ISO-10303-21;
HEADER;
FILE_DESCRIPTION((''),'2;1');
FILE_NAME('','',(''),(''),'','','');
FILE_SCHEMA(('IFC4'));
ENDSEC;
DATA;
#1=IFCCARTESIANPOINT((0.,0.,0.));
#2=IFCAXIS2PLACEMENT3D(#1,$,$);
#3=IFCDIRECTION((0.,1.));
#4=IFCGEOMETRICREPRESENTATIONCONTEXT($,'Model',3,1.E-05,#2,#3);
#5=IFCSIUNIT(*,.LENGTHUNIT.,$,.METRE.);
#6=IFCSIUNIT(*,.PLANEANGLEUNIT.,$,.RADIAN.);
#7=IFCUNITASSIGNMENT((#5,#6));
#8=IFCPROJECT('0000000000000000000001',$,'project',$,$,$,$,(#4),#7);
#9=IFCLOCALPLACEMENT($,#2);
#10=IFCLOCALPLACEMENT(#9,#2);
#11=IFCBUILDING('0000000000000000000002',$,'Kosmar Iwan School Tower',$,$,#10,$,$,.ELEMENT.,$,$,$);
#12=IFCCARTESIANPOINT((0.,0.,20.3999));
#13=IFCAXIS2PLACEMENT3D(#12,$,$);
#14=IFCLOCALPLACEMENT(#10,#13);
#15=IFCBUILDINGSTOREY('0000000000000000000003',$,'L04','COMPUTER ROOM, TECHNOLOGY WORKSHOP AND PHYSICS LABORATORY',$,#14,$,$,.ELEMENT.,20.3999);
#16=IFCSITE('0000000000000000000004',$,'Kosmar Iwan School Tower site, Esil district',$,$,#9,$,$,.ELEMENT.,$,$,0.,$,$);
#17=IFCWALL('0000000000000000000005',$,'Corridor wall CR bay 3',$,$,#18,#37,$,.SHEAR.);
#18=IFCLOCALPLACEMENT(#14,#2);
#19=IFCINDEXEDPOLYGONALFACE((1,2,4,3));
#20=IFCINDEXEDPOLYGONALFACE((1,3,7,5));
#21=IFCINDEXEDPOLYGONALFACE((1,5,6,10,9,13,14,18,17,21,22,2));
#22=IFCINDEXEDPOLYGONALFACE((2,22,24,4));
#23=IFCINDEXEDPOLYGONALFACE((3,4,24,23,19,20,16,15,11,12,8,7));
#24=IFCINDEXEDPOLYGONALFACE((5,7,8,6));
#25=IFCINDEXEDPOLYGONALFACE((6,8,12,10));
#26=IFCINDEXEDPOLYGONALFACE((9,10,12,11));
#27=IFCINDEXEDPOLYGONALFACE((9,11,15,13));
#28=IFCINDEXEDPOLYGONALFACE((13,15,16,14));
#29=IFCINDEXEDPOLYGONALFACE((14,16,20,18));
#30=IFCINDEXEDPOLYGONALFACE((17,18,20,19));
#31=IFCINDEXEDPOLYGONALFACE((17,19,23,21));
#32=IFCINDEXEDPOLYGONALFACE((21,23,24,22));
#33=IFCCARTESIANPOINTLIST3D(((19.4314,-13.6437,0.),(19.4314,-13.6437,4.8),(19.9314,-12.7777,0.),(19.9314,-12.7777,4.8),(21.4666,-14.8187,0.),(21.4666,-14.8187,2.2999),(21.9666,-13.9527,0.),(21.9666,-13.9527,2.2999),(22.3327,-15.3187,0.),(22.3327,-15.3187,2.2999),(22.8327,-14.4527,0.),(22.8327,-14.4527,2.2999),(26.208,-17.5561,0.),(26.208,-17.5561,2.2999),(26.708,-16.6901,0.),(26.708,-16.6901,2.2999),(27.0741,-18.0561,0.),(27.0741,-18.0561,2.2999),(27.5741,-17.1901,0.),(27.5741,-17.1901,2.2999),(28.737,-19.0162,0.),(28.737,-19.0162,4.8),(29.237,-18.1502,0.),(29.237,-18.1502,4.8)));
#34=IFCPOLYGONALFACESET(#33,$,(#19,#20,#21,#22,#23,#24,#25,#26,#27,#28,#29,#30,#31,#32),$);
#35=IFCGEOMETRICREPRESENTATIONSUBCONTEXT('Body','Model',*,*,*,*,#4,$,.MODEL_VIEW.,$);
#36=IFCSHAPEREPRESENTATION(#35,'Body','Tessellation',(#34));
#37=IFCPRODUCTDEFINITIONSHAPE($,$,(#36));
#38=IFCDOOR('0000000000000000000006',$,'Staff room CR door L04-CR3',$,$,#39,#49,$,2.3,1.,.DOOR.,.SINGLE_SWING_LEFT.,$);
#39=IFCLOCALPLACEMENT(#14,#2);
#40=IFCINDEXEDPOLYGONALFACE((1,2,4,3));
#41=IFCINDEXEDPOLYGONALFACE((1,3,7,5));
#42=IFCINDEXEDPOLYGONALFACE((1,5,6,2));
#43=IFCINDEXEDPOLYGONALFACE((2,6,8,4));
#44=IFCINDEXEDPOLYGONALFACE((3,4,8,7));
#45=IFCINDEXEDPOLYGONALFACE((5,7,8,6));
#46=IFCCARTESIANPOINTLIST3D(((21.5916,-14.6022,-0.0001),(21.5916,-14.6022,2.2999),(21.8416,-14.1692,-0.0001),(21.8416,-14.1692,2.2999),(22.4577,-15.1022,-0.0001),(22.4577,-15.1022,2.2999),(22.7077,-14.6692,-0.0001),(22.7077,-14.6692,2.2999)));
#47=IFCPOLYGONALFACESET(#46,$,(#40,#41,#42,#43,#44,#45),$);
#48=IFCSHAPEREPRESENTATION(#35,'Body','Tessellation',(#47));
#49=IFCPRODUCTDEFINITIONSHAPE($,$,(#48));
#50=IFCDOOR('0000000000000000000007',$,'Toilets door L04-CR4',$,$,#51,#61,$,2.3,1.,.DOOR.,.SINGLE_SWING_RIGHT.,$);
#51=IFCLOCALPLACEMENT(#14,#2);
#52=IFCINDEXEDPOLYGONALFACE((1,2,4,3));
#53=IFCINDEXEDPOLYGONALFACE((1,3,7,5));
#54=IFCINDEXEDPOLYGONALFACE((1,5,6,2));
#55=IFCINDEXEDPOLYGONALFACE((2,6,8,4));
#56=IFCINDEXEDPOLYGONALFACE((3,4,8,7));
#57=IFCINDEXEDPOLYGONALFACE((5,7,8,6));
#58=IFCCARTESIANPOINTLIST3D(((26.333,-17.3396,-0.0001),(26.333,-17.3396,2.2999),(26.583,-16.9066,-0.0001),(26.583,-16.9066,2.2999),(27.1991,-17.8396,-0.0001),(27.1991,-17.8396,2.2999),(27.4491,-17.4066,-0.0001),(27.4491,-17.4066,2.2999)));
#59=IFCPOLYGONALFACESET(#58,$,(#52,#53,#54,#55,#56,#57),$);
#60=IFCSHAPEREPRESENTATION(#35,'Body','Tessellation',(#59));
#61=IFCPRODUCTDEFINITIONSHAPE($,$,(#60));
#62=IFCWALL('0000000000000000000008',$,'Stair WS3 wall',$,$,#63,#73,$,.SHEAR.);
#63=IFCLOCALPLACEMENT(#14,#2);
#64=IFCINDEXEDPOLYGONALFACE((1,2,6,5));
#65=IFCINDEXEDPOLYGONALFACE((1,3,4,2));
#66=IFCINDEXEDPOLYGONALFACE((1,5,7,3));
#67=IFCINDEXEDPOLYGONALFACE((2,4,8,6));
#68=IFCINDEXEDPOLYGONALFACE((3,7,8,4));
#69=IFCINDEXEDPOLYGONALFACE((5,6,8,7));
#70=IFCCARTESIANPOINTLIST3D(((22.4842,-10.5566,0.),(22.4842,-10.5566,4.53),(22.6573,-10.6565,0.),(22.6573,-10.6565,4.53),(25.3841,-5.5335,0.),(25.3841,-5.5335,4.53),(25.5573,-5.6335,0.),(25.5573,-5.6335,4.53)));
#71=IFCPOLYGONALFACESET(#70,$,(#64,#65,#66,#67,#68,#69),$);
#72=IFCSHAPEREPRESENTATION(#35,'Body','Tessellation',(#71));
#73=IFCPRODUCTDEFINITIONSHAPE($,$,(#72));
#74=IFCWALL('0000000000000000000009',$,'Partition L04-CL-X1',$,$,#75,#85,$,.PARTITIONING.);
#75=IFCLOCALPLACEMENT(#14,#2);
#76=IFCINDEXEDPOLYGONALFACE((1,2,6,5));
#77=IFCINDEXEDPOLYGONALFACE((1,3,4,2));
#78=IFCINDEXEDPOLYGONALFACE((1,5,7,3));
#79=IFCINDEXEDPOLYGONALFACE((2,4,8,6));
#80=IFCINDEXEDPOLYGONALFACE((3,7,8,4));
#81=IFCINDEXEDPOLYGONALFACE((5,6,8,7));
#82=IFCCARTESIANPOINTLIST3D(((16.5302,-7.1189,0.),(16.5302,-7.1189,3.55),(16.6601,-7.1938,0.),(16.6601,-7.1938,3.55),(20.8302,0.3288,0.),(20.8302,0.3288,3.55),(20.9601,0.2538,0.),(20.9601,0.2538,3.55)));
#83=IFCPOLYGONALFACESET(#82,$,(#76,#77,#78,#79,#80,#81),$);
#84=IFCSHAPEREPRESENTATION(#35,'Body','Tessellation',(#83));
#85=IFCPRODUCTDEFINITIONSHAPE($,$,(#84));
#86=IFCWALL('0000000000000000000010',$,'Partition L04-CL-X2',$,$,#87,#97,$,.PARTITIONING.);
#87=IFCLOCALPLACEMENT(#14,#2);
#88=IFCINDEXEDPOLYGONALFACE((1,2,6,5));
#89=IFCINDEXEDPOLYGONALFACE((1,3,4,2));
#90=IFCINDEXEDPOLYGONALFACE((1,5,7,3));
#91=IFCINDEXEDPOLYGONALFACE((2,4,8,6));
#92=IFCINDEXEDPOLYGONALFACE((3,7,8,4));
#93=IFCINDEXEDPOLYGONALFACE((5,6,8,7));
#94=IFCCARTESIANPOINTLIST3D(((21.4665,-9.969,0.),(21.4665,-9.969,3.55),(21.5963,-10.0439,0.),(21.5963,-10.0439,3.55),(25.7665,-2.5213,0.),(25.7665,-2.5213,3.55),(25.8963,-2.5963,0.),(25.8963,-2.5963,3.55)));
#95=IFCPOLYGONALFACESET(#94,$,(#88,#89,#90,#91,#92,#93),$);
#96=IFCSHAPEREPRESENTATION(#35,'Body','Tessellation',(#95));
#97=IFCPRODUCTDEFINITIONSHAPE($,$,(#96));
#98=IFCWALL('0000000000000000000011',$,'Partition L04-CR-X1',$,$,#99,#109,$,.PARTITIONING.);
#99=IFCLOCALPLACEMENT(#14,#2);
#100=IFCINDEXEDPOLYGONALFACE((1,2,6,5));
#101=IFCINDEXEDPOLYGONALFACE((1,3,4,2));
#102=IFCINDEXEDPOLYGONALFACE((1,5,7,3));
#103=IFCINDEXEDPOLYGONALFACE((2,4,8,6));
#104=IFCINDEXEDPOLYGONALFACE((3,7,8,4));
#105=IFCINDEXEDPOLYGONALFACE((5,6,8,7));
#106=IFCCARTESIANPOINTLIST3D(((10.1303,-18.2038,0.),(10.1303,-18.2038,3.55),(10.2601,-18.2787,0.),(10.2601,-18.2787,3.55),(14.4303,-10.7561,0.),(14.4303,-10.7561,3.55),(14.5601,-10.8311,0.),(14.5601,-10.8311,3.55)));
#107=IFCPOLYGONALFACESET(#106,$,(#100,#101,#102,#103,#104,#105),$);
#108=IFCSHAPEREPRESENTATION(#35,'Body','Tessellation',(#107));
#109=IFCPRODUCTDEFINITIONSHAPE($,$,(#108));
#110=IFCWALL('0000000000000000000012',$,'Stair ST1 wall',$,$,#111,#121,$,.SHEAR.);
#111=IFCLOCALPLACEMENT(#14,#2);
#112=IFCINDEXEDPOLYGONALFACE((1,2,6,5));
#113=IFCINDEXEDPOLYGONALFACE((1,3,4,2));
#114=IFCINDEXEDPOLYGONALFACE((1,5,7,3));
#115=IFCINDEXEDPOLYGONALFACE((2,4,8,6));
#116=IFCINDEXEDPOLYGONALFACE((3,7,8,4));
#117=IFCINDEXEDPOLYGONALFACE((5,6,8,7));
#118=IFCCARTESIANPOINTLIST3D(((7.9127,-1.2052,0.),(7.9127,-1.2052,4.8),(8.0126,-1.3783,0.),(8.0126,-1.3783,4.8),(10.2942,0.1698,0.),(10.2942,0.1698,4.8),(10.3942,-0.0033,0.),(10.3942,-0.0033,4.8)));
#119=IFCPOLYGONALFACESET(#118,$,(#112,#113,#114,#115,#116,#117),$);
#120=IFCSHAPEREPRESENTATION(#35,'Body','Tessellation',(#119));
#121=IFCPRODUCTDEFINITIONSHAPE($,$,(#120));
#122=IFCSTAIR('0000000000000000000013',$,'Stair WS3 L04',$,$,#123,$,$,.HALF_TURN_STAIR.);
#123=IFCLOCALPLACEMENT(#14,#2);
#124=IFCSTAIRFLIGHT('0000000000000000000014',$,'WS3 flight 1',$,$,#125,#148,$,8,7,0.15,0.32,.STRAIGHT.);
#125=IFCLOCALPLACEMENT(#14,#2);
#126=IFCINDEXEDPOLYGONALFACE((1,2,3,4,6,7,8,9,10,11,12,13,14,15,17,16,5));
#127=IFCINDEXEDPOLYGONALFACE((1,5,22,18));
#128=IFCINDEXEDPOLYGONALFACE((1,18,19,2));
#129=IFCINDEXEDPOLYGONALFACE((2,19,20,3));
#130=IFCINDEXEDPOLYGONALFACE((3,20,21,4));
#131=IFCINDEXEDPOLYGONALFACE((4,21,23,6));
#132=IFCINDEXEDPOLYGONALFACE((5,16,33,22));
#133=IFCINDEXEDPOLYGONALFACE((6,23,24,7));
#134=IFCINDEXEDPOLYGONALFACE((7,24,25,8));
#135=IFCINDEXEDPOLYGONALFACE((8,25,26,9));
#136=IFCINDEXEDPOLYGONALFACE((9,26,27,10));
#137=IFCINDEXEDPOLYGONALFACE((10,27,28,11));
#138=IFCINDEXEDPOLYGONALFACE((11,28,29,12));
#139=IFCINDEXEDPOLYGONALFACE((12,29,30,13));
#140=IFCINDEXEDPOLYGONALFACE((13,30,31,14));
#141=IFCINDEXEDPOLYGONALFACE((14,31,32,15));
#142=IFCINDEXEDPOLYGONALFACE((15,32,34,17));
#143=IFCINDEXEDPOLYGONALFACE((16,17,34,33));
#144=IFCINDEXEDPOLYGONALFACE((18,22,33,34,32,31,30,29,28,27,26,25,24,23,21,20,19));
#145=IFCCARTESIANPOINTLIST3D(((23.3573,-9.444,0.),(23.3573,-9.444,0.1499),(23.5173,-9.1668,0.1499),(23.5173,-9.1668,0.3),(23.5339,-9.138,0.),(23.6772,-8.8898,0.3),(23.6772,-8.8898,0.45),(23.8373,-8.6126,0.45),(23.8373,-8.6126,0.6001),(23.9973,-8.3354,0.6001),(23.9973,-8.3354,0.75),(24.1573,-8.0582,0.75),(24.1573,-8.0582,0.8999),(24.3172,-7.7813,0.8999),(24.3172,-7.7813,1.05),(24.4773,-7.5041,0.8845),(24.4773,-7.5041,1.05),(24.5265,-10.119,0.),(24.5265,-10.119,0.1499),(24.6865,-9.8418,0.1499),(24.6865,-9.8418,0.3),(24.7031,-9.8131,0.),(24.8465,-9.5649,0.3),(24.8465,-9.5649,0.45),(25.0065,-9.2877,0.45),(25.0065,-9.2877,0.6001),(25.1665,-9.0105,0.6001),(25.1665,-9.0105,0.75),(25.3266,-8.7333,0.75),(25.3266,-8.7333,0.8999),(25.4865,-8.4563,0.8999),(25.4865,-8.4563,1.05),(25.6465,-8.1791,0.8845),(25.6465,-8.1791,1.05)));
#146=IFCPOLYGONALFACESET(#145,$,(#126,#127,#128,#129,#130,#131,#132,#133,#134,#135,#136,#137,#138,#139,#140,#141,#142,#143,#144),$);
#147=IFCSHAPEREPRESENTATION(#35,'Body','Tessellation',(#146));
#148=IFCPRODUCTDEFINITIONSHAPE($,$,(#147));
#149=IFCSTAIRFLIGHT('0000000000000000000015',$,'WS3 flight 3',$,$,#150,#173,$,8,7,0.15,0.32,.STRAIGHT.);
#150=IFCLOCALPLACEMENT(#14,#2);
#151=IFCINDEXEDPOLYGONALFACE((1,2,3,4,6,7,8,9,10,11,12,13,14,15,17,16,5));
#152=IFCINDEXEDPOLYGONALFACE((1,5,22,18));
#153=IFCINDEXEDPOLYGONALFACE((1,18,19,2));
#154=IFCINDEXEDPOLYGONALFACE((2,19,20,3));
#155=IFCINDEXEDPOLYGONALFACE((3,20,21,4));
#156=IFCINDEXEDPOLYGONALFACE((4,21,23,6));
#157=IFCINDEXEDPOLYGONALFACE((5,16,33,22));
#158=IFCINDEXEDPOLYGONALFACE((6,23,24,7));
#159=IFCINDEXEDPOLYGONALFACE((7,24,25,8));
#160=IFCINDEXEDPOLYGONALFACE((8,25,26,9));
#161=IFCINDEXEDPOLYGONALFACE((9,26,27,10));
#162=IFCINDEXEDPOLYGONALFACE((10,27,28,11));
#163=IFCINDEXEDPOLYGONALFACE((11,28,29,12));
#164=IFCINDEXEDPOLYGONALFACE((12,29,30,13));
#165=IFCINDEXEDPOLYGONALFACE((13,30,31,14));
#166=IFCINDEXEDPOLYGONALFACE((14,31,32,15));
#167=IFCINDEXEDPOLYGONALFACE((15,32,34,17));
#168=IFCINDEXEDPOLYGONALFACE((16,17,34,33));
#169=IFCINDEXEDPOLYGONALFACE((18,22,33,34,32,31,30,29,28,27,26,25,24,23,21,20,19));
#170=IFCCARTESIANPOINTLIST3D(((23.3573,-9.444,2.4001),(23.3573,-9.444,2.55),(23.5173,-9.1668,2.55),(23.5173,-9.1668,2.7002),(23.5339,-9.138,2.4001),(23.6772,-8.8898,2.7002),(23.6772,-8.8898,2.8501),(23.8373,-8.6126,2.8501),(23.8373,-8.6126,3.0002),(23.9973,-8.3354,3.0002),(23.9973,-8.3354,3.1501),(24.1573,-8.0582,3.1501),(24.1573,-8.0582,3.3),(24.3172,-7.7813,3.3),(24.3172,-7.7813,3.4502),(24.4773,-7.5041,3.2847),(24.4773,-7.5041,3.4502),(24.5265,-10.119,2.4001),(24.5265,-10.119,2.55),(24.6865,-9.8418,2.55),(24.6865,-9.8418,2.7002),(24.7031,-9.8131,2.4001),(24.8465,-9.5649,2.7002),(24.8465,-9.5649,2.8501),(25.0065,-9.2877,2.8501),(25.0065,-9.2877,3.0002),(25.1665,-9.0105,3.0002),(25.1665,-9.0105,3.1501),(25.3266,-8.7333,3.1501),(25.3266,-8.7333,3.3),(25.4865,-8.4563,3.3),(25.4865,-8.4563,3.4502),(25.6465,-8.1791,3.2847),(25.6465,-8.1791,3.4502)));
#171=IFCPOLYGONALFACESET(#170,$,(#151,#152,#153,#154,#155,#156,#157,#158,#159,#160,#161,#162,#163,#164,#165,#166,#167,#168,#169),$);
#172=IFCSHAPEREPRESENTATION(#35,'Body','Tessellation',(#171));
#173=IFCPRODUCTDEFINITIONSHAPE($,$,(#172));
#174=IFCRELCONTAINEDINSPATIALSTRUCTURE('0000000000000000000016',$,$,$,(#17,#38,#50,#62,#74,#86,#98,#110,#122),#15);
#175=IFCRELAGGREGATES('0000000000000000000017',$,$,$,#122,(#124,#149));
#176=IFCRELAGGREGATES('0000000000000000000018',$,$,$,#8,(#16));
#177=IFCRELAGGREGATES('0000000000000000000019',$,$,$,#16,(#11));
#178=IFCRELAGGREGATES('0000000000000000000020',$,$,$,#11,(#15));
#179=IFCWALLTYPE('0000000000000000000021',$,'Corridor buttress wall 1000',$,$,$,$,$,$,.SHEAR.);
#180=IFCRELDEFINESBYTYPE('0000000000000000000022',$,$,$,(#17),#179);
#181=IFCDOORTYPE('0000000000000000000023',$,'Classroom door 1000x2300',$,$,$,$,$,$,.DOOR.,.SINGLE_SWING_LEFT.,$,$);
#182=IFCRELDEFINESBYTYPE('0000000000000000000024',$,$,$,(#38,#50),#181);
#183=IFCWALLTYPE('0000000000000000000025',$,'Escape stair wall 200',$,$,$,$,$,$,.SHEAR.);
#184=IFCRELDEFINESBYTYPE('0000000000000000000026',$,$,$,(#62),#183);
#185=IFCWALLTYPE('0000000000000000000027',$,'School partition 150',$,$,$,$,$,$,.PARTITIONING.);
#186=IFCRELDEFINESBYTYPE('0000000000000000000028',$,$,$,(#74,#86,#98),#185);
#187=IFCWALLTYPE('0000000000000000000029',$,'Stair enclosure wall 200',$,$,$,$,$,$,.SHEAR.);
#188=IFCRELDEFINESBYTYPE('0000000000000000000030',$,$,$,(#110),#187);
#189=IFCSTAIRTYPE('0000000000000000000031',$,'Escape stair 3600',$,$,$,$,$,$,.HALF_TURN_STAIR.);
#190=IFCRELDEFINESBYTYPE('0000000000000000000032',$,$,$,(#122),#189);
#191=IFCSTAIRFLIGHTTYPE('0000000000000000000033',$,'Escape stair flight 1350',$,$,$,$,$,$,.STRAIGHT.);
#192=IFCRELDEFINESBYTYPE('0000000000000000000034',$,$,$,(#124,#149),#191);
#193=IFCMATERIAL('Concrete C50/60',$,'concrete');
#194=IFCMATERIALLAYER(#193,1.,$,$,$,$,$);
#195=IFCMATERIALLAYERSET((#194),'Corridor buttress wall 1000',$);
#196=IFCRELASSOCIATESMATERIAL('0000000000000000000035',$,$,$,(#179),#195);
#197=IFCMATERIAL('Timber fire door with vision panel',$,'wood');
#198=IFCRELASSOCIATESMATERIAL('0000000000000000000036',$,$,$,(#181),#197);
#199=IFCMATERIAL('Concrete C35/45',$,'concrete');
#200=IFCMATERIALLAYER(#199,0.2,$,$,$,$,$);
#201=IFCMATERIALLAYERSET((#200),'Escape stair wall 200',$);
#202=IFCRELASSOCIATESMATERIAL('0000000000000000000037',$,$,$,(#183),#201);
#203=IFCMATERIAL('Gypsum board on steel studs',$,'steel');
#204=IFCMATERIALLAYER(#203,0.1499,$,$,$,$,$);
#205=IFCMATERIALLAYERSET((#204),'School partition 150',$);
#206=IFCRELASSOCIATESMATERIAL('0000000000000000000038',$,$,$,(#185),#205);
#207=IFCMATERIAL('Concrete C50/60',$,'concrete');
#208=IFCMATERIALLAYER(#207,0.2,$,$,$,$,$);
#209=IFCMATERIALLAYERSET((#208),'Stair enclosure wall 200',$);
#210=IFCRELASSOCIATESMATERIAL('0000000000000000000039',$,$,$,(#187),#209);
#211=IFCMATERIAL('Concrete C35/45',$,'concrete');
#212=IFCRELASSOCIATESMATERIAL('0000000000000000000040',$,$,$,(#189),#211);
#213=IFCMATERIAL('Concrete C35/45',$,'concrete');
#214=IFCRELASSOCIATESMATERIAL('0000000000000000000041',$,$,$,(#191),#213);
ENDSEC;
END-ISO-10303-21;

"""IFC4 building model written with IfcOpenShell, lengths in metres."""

from ifc_helpers import new_model, si_unit, direction, frame, frame_2d, origin, place, context, subcontext, project, spatial, polyline, rectangle, outline, extrude, material, layer, layer_set, type_object, element, fill, aggregate, save


model = new_model("IFC4")

# Units and contexts
model_context = context("Model", 3, precision=1e-05, world=origin(), true_north=direction((0.0, 1.0)))
body_context = subcontext(model_context, "Body", "Model", "MODEL_VIEW")
ifc_project = project(units=[si_unit("LENGTHUNIT", "METRE"), si_unit("PLANEANGLEUNIT", "RADIAN")], contexts=[model_context])

# Site, building, storey
site_placement = place(None, origin())
site = spatial("IfcSite", under=ifc_project, at=site_placement, Name="Kosmar Iwan School Tower site, Esil district", CompositionType="ELEMENT", RefElevation=0.0)
building_placement = place(site_placement, origin())
building = spatial("IfcBuilding", under=site, at=building_placement, Name="Kosmar Iwan School Tower", CompositionType="ELEMENT")
storey_placement = place(building_placement, frame((0.0, 0.0, 20.3999)))
storey = spatial("IfcBuildingStorey", under=building, at=storey_placement, Name="L04", Description="COMPUTER ROOM, TECHNOLOGY WORKSHOP AND PHYSICS LABORATORY", CompositionType="ELEMENT", Elevation=20.3999)

# Shared definitions
ifc_material_1 = material(Name="Concrete C50/60", Category="concrete")
ifc_layer_1 = layer(ifc_material_1, 1.0)
ifc_layer_set_1 = layer_set([ifc_layer_1], Name="Corridor buttress wall 1000")
wall_type_1 = type_object("IfcWallType", Name="Corridor buttress wall 1000", PredefinedType="SHEAR", material=ifc_layer_set_1)
ifc_material_2 = material(Name="Timber fire door with vision panel", Category="wood")
door_type = type_object("IfcDoorType", Name="Classroom door 1000x2300", OperationType="SINGLE_SWING_LEFT", PredefinedType="DOOR", material=ifc_material_2)

# Wall, openings, doors
wall_1_placement = place(storey_placement, frame((19.6814, -13.2107, 0.0), z_axis=(0.0, 0.0, 1.0), x_axis=(0.866028, -0.499995, 0.0)))
wall_1 = element("IfcWall", 1, at=wall_1_placement, inside=storey, type_object=wall_type_1, Name="Corridor wall CR bay 3", PredefinedType="SHEAR", context=body_context, shape_type="SweptSolid", body=[
    extrude(rectangle(XDim=10.7451, YDim=1.0, at=frame_2d((5.3726, 0.0))), origin(), (0.0, 0.0, 1.0), 4.8),
])
opening_1_placement = place(wall_1_placement, frame((2.3501, 0.0, 0.0)))
opening_1 = element("IfcOpeningElement", 2, at=opening_1_placement, cuts=wall_1, PredefinedType="OPENING", context=body_context, shape_type="SweptSolid", body=[
    extrude(rectangle(XDim=1.0, YDim=2.3, at=frame_2d((0.5, 1.1499))), frame((0.0, 0.512, 0.0), z_axis=(0.0, -1.0, 0.0), x_axis=(1.0, 0.0, 0.0)), (0.0, 0.0, 1.0), 1.0239),
])
opening_2_placement = place(wall_1_placement, frame((7.825, 0.0, 0.0)))
opening_2 = element("IfcOpeningElement", 3, at=opening_2_placement, cuts=wall_1, PredefinedType="OPENING", context=body_context, shape_type="SweptSolid", body=[
    extrude(rectangle(XDim=1.0, YDim=2.3, at=frame_2d((0.5, 1.1499))), frame((0.0, 0.512, 0.0), z_axis=(0.0, -1.0, 0.0), x_axis=(1.0, 0.0, 0.0)), (0.0, 0.0, 1.0), 1.0239),
])
door_1_placement = place(opening_1_placement, origin())
door_1 = element("IfcDoor", 4, at=door_1_placement, inside=storey, type_object=door_type, Name="Staff room CR door L04-CR3", OperationType="SINGLE_SWING_LEFT", OverallHeight=2.3, OverallWidth=1.0, PredefinedType="DOOR", context=body_context, shape_type="SweptSolid", body=[
    extrude(rectangle(XDim=1.0, YDim=2.3, at=frame_2d((0.5, 1.1499))), frame((0.0, 0.25, 0.0), z_axis=(0.0, -1.0, 0.0), x_axis=(1.0, 0.0, 0.0)), (0.0, 0.0, 1.0), 0.5),
])
fill(opening_1, door_1)
door_2_placement = place(opening_2_placement, origin())
door_2 = element("IfcDoor", 5, at=door_2_placement, inside=storey, type_object=door_type, Name="Toilets door L04-CR4", OperationType="SINGLE_SWING_RIGHT", OverallHeight=2.3, OverallWidth=1.0, PredefinedType="DOOR", context=body_context, shape_type="SweptSolid", body=[
    extrude(rectangle(XDim=1.0, YDim=2.3, at=frame_2d((0.5, 1.1499))), frame((0.0, 0.25, 0.0), z_axis=(0.0, -1.0, 0.0), x_axis=(1.0, 0.0, 0.0)), (0.0, 0.0, 1.0), 0.5),
])
fill(opening_2, door_2)

# Walls
ifc_material_3 = material(Name="Concrete C35/45", Category="concrete")
ifc_layer_2 = layer(ifc_material_3, 0.2)
ifc_layer_set_2 = layer_set([ifc_layer_2], Name="Escape stair wall 200")
wall_type_2 = type_object("IfcWallType", Name="Escape stair wall 200", PredefinedType="SHEAR", material=ifc_layer_set_2)
wall_2_placement = place(storey_placement, frame((22.5708, -10.6064, 0.0), z_axis=(0.0, 0.0, 1.0), x_axis=(0.499987, 0.866033, 0.0)))
element("IfcWall", 6, at=wall_2_placement, inside=storey, type_object=wall_type_2, Name="Stair WS3 wall", PredefinedType="SHEAR", context=body_context, shape_type="SweptSolid", body=[
    extrude(rectangle(XDim=5.8, YDim=0.2, at=frame_2d((2.8999, 0.0))), origin(), (0.0, 0.0, 1.0), 4.53),
])
ifc_material_4 = material(Name="Gypsum board on steel studs", Category="steel")
ifc_layer_3 = layer(ifc_material_4, 0.1499)
ifc_layer_set_3 = layer_set([ifc_layer_3], Name="School partition 150")
wall_type_3 = type_object("IfcWallType", Name="School partition 150", PredefinedType="PARTITIONING", material=ifc_layer_set_3)
for number, where, z_axis, x_axis, name in (
    (7, (16.5952, -7.1562, 0.0), (0.0, 0.0, 1.0), (0.500008, 0.866021, 0.0), "Partition L04-CL-X1"),
    (8, (21.5315, -10.0063, 0.0), (0.0, 0.0, 1.0), (0.500008, 0.866021, 0.0), "Partition L04-CL-X2"),
    (9, (14.4951, -10.7937, 0.0), (0.0, 0.0, 1.0), (-0.500008, -0.866021, 0.0), "Partition L04-CR-X1"),
):
    element("IfcWall", number, at=place(storey_placement, frame(where, z_axis=z_axis, x_axis=x_axis)), inside=storey, type_object=wall_type_3, Name=name, PredefinedType="PARTITIONING", context=body_context, shape_type="SweptSolid", body=[
        extrude(rectangle(XDim=8.5999, YDim=0.1499, at=frame_2d((4.2998, 0.0))), origin(), (0.0, 0.0, 1.0), 3.55),
    ])
ifc_material_5 = material(Name="Concrete C50/60", Category="concrete")
ifc_layer_4 = layer(ifc_material_5, 0.2)
ifc_layer_set_4 = layer_set([ifc_layer_4], Name="Stair enclosure wall 200")
wall_type_4 = type_object("IfcWallType", Name="Stair enclosure wall 200", PredefinedType="SHEAR", material=ifc_layer_set_4)
wall_3_placement = place(storey_placement, frame((7.9626, -1.2917, 0.0), z_axis=(0.0, 0.0, 1.0), x_axis=(0.866027, 0.499997, 0.0)))
element("IfcWall", 10, at=wall_3_placement, inside=storey, type_object=wall_type_4, Name="Stair ST1 wall", PredefinedType="SHEAR", context=body_context, shape_type="SweptSolid", body=[
    extrude(rectangle(XDim=2.75, YDim=0.2, at=frame_2d((1.375, 0.0))), origin(), (0.0, 0.0, 1.0), 4.8),
])

# Stair, stair flights
ifc_material_6 = material(Name="Concrete C35/45", Category="concrete")
stair_type = type_object("IfcStairType", Name="Escape stair 3600", PredefinedType="HALF_TURN_STAIR", material=ifc_material_6)
stair_placement = place(storey_placement, origin())
stair = element("IfcStair", 11, at=stair_placement, inside=storey, type_object=stair_type, Name="Stair WS3 L04", PredefinedType="HALF_TURN_STAIR")
ifc_material_7 = material(Name="Concrete C35/45", Category="concrete")
stair_flight_type = type_object("IfcStairFlightType", Name="Escape stair flight 1350", PredefinedType="STRAIGHT", material=ifc_material_7)
stair_flight_1_placement = place(storey_placement, frame((23.9419, -9.7815, 0.0), z_axis=(0.0, 0.0, 1.0), x_axis=(0.5, 0.866025, 0.0)))
stair_flight_1 = element("IfcStairFlight", 12, at=stair_flight_1_placement, type_object=stair_flight_type, Name="WS3 flight 1", NumberOfRisers=8, NumberOfTreads=7, PredefinedType="STRAIGHT", RiserHeight=0.15, TreadLength=0.32, context=body_context, shape_type="SweptSolid", body=[
    extrude(outline(polyline([(0.0, 0.0), (0.0, 0.1499), (0.3201, 0.1499), (0.3201, 0.3), (0.6399, 0.3), (0.6399, 0.45), (0.96, 0.45), (0.96, 0.6001), (1.28, 0.6001), (1.28, 0.75), (1.6001, 0.75), (1.6001, 0.8999), (1.9199, 0.8999), (1.9199, 1.05), (2.24, 1.05), (2.24, 1.2), (2.24, 0.8845), (0.3533, 0.0), (0.0, 0.0)])), frame((0.0, 0.675, 0.0), z_axis=(0.0, -1.0, 0.0), x_axis=(1.0, 0.0, 0.0)), (0.0, 0.0, 1.0), 1.3501),
])
stair_flight_2_placement = place(storey_placement, frame((23.9419, -9.7815, 2.4001), z_axis=(0.0, 0.0, 1.0), x_axis=(0.5, 0.866025, 0.0)))
stair_flight_2 = element("IfcStairFlight", 13, at=stair_flight_2_placement, type_object=stair_flight_type, Name="WS3 flight 3", NumberOfRisers=8, NumberOfTreads=7, PredefinedType="STRAIGHT", RiserHeight=0.15, TreadLength=0.32, context=body_context, shape_type="SweptSolid", body=[
    extrude(outline(polyline([(0.0, 0.0), (0.0, 0.1499), (0.3201, 0.1499), (0.3201, 0.3), (0.6399, 0.3), (0.6399, 0.45), (0.96, 0.45), (0.96, 0.6001), (1.28, 0.6001), (1.28, 0.75), (1.6001, 0.75), (1.6001, 0.8999), (1.9199, 0.8999), (1.9199, 1.05), (2.24, 1.05), (2.24, 1.2), (2.24, 0.8845), (0.3533, 0.0), (0.0, 0.0)])), frame((0.0, 0.675, 0.0), z_axis=(0.0, -1.0, 0.0), x_axis=(1.0, 0.0, 0.0)), (0.0, 0.0, 1.0), 1.3501),
])
aggregate(stair, [stair_flight_1, stair_flight_2])

save(model, "model.ifc")
